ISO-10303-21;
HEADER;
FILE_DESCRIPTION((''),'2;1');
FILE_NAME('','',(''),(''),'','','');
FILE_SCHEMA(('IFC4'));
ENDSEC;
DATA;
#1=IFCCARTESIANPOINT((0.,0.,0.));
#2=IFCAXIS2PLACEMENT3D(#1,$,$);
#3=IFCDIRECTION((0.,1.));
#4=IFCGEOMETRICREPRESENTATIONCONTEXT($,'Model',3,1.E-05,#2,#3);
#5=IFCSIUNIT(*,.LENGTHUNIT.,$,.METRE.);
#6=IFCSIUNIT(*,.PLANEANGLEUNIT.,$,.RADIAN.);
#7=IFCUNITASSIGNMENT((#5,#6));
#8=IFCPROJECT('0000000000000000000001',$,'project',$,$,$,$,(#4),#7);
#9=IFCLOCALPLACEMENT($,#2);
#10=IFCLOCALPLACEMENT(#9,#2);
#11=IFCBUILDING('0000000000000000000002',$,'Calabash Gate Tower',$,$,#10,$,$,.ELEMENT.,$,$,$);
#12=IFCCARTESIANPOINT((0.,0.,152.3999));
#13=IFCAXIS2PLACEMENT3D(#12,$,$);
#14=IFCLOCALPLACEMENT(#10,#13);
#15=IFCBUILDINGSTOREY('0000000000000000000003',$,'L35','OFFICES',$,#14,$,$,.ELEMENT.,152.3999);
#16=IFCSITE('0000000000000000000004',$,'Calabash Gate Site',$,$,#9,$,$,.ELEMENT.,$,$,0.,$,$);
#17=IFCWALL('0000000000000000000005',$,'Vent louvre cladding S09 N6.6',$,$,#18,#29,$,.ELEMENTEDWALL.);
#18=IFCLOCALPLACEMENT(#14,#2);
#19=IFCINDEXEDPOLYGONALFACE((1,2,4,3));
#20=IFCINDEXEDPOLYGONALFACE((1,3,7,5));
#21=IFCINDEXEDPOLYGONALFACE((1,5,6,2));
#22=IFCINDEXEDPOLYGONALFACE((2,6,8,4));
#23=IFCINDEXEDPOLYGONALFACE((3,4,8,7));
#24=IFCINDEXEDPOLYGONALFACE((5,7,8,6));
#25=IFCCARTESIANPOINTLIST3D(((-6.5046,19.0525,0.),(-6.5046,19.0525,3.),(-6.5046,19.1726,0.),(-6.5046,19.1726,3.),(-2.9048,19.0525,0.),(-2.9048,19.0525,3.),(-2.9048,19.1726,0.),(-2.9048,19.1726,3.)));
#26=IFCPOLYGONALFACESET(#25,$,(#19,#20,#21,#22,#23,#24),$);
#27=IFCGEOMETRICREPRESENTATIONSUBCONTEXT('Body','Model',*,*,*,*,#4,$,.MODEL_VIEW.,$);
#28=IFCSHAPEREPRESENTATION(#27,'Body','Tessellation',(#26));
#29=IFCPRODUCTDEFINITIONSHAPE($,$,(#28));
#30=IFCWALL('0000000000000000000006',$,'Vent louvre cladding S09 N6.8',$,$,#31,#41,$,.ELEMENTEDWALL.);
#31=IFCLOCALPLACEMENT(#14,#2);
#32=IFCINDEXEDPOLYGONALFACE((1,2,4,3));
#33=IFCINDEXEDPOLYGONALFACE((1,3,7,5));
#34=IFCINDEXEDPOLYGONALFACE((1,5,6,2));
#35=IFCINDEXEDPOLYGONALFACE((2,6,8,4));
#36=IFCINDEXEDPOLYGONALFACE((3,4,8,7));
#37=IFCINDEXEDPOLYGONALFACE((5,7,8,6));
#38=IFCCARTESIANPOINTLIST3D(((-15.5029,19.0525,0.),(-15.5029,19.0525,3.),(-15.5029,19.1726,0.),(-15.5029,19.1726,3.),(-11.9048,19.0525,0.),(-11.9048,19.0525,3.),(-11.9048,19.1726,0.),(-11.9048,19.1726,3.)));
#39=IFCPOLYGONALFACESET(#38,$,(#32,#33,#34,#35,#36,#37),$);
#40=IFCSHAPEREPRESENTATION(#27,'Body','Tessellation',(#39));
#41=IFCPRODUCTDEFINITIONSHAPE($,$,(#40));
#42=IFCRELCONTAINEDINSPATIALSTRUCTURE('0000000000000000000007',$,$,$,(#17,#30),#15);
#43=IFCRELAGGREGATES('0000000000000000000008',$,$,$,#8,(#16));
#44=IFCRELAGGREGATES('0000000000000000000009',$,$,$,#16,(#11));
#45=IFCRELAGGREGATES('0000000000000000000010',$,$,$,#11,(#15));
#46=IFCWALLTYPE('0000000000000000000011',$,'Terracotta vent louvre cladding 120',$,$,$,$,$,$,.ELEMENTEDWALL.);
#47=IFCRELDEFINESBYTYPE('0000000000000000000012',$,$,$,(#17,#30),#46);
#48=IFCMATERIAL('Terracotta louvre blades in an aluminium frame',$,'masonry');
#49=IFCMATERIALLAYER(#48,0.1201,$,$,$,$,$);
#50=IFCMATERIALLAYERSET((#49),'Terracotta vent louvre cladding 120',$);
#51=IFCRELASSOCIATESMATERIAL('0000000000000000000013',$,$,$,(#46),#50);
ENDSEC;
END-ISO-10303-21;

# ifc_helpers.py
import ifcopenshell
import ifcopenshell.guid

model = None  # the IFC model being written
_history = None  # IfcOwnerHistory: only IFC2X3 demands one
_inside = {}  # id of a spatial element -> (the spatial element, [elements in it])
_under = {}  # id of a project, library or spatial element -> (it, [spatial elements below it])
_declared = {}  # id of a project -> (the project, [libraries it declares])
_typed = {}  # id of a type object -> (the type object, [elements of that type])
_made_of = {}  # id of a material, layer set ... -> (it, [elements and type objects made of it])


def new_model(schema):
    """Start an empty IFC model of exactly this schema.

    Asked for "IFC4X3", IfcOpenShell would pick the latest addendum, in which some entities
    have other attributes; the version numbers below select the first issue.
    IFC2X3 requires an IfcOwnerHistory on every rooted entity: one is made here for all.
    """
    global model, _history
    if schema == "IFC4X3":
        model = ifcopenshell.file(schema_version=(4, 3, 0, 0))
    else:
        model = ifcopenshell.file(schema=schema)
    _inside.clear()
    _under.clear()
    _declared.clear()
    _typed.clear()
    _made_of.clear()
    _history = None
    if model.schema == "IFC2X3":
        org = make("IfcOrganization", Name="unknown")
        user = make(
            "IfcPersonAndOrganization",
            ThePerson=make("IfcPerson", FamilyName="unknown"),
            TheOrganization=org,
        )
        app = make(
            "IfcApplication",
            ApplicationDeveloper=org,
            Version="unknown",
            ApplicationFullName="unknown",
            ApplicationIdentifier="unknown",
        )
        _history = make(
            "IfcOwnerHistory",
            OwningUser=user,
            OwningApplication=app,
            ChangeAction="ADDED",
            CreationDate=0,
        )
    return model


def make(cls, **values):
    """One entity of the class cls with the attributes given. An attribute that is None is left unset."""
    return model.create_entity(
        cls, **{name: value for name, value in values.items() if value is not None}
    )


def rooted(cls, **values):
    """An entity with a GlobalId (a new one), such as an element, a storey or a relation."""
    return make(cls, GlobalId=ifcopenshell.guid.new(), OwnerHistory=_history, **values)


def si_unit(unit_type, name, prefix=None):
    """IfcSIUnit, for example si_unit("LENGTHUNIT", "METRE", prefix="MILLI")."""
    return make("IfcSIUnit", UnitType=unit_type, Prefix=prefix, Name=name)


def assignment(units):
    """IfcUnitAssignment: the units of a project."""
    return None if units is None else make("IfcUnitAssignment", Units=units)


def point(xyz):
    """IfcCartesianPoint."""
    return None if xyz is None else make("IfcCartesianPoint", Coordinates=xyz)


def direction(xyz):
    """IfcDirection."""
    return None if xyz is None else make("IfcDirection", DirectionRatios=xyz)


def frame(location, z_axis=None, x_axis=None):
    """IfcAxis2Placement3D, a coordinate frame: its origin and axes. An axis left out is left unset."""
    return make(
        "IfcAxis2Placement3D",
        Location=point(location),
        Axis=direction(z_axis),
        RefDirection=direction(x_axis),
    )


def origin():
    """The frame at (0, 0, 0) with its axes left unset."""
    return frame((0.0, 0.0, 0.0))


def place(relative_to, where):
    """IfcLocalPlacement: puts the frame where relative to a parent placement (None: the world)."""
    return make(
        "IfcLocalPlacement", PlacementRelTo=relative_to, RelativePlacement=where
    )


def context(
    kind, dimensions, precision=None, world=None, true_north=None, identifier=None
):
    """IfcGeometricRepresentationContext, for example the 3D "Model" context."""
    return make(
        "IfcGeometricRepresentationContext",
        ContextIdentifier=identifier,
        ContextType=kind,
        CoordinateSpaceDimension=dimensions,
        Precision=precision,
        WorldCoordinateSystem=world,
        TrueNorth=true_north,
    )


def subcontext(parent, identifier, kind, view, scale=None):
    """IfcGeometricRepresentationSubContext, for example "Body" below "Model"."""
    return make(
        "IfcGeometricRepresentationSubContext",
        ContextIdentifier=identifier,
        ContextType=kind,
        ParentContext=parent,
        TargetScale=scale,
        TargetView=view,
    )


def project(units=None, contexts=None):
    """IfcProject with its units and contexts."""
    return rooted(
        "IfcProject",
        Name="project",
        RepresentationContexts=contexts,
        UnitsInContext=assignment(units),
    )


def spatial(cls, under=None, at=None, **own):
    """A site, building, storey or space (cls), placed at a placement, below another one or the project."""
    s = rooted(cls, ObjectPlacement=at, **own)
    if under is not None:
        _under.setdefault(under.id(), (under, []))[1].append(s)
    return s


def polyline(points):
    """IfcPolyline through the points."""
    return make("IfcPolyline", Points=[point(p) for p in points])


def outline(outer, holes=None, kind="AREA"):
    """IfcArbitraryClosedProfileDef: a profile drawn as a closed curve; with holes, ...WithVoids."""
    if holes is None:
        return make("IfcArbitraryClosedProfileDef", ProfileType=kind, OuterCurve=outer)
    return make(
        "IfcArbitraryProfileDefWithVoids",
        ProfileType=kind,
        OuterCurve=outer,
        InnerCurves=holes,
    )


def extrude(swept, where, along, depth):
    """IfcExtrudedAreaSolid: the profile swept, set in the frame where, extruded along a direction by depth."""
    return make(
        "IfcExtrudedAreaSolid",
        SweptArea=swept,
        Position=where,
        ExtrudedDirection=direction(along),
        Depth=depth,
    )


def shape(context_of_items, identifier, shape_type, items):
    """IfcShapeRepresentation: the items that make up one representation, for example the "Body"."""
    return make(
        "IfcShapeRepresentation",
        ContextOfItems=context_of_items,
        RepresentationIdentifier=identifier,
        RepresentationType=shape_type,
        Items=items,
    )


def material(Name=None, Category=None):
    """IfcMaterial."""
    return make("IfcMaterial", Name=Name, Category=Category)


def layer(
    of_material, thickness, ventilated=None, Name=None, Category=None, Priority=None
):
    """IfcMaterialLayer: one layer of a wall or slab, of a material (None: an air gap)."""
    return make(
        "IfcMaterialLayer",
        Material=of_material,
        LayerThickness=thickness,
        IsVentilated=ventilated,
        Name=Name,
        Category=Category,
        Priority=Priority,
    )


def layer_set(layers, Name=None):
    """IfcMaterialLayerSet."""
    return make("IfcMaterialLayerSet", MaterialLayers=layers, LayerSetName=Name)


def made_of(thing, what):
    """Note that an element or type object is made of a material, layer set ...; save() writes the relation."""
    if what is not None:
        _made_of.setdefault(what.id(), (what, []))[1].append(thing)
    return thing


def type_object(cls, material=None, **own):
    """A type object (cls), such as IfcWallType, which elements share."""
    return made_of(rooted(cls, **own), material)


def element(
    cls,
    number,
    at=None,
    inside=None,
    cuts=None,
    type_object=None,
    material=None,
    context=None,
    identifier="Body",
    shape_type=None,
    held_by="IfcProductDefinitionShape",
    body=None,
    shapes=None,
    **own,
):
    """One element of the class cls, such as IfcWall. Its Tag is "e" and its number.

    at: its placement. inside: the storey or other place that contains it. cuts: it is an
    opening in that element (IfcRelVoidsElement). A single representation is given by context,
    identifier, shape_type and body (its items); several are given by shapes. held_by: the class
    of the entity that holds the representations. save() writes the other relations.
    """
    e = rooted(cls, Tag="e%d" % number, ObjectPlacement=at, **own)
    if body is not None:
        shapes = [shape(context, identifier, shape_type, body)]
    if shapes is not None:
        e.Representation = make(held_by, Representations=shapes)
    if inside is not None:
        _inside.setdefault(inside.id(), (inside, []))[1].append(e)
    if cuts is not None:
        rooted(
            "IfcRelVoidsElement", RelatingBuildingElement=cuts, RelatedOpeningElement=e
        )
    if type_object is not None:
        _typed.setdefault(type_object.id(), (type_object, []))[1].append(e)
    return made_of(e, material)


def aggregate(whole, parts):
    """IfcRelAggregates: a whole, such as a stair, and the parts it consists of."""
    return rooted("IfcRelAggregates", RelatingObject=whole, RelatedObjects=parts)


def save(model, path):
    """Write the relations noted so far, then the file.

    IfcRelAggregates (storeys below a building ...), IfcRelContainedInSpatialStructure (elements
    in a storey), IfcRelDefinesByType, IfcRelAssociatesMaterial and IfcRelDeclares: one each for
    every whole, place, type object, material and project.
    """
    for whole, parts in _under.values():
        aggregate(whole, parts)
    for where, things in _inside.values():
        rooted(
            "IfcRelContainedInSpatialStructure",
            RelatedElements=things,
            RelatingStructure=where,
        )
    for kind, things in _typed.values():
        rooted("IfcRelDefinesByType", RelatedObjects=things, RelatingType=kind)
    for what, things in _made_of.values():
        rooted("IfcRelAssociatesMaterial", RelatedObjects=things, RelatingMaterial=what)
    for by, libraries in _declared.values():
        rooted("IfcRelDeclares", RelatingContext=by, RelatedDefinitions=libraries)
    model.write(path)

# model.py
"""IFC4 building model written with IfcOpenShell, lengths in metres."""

from ifc_helpers import new_model, si_unit, direction, frame, origin, place, context, subcontext, project, spatial, polyline, outline, extrude, material, layer, layer_set, type_object, element, save


model = new_model("IFC4")

# Units and contexts
model_context = context("Model", 3, precision=1e-05, world=origin(), true_north=direction((0.0, 1.0)))
body_context = subcontext(model_context, "Body", "Model", "MODEL_VIEW")
ifc_project = project(units=[si_unit("LENGTHUNIT", "METRE"), si_unit("PLANEANGLEUNIT", "RADIAN")], contexts=[model_context])

# Site, building, storey
site_placement = place(None, origin())
site = spatial("IfcSite", under=ifc_project, at=site_placement, Name="Calabash Gate Site", CompositionType="ELEMENT", RefElevation=0.0)
building_placement = place(site_placement, origin())
building = spatial("IfcBuilding", under=site, at=building_placement, Name="Calabash Gate Tower", CompositionType="ELEMENT")
storey_placement = place(building_placement, frame((0.0, 0.0, 152.3999)))
storey = spatial("IfcBuildingStorey", under=building, at=storey_placement, Name="L35", Description="OFFICES", CompositionType="ELEMENT", Elevation=152.3999)

# Walls
ifc_material_1 = material(Name="Terracotta louvre blades in an aluminium frame", Category="masonry")
ifc_layer_1 = layer(ifc_material_1, 0.1201)
ifc_layer_set_1 = layer_set([ifc_layer_1], Name="Terracotta vent louvre cladding 120")
wall_type_1 = type_object("IfcWallType", Name="Terracotta vent louvre cladding 120", PredefinedType="ELEMENTEDWALL", material=ifc_layer_set_1)
wall_1_placement = place(storey_placement, origin())
element("IfcWall", 1, at=wall_1_placement, inside=storey, type_object=wall_type_1, Name="Vent louvre cladding S09 N6.6", PredefinedType="ELEMENTEDWALL", context=body_context, shape_type="SweptSolid", body=[
    extrude(outline(polyline([(-6.5046, 19.1726), (-6.5046, 19.0525), (-2.9048, 19.0525), (-2.9048, 19.1726), (-6.5046, 19.1726)])), origin(), (0.0, 0.0, 1.0), 3.0),
])
wall_2_placement = place(storey_placement, origin())
element("IfcWall", 2, at=wall_2_placement, inside=storey, type_object=wall_type_1, Name="Vent louvre cladding S09 N6.8", PredefinedType="ELEMENTEDWALL", context=body_context, shape_type="SweptSolid", body=[
    extrude(outline(polyline([(-11.9048, 19.0525), (-11.9048, 19.1726), (-15.5029, 19.1726), (-15.5029, 19.0525), (-11.9048, 19.0525)])), origin(), (0.0, 0.0, 1.0), 3.0),
])

save(model, "model.ifc")
